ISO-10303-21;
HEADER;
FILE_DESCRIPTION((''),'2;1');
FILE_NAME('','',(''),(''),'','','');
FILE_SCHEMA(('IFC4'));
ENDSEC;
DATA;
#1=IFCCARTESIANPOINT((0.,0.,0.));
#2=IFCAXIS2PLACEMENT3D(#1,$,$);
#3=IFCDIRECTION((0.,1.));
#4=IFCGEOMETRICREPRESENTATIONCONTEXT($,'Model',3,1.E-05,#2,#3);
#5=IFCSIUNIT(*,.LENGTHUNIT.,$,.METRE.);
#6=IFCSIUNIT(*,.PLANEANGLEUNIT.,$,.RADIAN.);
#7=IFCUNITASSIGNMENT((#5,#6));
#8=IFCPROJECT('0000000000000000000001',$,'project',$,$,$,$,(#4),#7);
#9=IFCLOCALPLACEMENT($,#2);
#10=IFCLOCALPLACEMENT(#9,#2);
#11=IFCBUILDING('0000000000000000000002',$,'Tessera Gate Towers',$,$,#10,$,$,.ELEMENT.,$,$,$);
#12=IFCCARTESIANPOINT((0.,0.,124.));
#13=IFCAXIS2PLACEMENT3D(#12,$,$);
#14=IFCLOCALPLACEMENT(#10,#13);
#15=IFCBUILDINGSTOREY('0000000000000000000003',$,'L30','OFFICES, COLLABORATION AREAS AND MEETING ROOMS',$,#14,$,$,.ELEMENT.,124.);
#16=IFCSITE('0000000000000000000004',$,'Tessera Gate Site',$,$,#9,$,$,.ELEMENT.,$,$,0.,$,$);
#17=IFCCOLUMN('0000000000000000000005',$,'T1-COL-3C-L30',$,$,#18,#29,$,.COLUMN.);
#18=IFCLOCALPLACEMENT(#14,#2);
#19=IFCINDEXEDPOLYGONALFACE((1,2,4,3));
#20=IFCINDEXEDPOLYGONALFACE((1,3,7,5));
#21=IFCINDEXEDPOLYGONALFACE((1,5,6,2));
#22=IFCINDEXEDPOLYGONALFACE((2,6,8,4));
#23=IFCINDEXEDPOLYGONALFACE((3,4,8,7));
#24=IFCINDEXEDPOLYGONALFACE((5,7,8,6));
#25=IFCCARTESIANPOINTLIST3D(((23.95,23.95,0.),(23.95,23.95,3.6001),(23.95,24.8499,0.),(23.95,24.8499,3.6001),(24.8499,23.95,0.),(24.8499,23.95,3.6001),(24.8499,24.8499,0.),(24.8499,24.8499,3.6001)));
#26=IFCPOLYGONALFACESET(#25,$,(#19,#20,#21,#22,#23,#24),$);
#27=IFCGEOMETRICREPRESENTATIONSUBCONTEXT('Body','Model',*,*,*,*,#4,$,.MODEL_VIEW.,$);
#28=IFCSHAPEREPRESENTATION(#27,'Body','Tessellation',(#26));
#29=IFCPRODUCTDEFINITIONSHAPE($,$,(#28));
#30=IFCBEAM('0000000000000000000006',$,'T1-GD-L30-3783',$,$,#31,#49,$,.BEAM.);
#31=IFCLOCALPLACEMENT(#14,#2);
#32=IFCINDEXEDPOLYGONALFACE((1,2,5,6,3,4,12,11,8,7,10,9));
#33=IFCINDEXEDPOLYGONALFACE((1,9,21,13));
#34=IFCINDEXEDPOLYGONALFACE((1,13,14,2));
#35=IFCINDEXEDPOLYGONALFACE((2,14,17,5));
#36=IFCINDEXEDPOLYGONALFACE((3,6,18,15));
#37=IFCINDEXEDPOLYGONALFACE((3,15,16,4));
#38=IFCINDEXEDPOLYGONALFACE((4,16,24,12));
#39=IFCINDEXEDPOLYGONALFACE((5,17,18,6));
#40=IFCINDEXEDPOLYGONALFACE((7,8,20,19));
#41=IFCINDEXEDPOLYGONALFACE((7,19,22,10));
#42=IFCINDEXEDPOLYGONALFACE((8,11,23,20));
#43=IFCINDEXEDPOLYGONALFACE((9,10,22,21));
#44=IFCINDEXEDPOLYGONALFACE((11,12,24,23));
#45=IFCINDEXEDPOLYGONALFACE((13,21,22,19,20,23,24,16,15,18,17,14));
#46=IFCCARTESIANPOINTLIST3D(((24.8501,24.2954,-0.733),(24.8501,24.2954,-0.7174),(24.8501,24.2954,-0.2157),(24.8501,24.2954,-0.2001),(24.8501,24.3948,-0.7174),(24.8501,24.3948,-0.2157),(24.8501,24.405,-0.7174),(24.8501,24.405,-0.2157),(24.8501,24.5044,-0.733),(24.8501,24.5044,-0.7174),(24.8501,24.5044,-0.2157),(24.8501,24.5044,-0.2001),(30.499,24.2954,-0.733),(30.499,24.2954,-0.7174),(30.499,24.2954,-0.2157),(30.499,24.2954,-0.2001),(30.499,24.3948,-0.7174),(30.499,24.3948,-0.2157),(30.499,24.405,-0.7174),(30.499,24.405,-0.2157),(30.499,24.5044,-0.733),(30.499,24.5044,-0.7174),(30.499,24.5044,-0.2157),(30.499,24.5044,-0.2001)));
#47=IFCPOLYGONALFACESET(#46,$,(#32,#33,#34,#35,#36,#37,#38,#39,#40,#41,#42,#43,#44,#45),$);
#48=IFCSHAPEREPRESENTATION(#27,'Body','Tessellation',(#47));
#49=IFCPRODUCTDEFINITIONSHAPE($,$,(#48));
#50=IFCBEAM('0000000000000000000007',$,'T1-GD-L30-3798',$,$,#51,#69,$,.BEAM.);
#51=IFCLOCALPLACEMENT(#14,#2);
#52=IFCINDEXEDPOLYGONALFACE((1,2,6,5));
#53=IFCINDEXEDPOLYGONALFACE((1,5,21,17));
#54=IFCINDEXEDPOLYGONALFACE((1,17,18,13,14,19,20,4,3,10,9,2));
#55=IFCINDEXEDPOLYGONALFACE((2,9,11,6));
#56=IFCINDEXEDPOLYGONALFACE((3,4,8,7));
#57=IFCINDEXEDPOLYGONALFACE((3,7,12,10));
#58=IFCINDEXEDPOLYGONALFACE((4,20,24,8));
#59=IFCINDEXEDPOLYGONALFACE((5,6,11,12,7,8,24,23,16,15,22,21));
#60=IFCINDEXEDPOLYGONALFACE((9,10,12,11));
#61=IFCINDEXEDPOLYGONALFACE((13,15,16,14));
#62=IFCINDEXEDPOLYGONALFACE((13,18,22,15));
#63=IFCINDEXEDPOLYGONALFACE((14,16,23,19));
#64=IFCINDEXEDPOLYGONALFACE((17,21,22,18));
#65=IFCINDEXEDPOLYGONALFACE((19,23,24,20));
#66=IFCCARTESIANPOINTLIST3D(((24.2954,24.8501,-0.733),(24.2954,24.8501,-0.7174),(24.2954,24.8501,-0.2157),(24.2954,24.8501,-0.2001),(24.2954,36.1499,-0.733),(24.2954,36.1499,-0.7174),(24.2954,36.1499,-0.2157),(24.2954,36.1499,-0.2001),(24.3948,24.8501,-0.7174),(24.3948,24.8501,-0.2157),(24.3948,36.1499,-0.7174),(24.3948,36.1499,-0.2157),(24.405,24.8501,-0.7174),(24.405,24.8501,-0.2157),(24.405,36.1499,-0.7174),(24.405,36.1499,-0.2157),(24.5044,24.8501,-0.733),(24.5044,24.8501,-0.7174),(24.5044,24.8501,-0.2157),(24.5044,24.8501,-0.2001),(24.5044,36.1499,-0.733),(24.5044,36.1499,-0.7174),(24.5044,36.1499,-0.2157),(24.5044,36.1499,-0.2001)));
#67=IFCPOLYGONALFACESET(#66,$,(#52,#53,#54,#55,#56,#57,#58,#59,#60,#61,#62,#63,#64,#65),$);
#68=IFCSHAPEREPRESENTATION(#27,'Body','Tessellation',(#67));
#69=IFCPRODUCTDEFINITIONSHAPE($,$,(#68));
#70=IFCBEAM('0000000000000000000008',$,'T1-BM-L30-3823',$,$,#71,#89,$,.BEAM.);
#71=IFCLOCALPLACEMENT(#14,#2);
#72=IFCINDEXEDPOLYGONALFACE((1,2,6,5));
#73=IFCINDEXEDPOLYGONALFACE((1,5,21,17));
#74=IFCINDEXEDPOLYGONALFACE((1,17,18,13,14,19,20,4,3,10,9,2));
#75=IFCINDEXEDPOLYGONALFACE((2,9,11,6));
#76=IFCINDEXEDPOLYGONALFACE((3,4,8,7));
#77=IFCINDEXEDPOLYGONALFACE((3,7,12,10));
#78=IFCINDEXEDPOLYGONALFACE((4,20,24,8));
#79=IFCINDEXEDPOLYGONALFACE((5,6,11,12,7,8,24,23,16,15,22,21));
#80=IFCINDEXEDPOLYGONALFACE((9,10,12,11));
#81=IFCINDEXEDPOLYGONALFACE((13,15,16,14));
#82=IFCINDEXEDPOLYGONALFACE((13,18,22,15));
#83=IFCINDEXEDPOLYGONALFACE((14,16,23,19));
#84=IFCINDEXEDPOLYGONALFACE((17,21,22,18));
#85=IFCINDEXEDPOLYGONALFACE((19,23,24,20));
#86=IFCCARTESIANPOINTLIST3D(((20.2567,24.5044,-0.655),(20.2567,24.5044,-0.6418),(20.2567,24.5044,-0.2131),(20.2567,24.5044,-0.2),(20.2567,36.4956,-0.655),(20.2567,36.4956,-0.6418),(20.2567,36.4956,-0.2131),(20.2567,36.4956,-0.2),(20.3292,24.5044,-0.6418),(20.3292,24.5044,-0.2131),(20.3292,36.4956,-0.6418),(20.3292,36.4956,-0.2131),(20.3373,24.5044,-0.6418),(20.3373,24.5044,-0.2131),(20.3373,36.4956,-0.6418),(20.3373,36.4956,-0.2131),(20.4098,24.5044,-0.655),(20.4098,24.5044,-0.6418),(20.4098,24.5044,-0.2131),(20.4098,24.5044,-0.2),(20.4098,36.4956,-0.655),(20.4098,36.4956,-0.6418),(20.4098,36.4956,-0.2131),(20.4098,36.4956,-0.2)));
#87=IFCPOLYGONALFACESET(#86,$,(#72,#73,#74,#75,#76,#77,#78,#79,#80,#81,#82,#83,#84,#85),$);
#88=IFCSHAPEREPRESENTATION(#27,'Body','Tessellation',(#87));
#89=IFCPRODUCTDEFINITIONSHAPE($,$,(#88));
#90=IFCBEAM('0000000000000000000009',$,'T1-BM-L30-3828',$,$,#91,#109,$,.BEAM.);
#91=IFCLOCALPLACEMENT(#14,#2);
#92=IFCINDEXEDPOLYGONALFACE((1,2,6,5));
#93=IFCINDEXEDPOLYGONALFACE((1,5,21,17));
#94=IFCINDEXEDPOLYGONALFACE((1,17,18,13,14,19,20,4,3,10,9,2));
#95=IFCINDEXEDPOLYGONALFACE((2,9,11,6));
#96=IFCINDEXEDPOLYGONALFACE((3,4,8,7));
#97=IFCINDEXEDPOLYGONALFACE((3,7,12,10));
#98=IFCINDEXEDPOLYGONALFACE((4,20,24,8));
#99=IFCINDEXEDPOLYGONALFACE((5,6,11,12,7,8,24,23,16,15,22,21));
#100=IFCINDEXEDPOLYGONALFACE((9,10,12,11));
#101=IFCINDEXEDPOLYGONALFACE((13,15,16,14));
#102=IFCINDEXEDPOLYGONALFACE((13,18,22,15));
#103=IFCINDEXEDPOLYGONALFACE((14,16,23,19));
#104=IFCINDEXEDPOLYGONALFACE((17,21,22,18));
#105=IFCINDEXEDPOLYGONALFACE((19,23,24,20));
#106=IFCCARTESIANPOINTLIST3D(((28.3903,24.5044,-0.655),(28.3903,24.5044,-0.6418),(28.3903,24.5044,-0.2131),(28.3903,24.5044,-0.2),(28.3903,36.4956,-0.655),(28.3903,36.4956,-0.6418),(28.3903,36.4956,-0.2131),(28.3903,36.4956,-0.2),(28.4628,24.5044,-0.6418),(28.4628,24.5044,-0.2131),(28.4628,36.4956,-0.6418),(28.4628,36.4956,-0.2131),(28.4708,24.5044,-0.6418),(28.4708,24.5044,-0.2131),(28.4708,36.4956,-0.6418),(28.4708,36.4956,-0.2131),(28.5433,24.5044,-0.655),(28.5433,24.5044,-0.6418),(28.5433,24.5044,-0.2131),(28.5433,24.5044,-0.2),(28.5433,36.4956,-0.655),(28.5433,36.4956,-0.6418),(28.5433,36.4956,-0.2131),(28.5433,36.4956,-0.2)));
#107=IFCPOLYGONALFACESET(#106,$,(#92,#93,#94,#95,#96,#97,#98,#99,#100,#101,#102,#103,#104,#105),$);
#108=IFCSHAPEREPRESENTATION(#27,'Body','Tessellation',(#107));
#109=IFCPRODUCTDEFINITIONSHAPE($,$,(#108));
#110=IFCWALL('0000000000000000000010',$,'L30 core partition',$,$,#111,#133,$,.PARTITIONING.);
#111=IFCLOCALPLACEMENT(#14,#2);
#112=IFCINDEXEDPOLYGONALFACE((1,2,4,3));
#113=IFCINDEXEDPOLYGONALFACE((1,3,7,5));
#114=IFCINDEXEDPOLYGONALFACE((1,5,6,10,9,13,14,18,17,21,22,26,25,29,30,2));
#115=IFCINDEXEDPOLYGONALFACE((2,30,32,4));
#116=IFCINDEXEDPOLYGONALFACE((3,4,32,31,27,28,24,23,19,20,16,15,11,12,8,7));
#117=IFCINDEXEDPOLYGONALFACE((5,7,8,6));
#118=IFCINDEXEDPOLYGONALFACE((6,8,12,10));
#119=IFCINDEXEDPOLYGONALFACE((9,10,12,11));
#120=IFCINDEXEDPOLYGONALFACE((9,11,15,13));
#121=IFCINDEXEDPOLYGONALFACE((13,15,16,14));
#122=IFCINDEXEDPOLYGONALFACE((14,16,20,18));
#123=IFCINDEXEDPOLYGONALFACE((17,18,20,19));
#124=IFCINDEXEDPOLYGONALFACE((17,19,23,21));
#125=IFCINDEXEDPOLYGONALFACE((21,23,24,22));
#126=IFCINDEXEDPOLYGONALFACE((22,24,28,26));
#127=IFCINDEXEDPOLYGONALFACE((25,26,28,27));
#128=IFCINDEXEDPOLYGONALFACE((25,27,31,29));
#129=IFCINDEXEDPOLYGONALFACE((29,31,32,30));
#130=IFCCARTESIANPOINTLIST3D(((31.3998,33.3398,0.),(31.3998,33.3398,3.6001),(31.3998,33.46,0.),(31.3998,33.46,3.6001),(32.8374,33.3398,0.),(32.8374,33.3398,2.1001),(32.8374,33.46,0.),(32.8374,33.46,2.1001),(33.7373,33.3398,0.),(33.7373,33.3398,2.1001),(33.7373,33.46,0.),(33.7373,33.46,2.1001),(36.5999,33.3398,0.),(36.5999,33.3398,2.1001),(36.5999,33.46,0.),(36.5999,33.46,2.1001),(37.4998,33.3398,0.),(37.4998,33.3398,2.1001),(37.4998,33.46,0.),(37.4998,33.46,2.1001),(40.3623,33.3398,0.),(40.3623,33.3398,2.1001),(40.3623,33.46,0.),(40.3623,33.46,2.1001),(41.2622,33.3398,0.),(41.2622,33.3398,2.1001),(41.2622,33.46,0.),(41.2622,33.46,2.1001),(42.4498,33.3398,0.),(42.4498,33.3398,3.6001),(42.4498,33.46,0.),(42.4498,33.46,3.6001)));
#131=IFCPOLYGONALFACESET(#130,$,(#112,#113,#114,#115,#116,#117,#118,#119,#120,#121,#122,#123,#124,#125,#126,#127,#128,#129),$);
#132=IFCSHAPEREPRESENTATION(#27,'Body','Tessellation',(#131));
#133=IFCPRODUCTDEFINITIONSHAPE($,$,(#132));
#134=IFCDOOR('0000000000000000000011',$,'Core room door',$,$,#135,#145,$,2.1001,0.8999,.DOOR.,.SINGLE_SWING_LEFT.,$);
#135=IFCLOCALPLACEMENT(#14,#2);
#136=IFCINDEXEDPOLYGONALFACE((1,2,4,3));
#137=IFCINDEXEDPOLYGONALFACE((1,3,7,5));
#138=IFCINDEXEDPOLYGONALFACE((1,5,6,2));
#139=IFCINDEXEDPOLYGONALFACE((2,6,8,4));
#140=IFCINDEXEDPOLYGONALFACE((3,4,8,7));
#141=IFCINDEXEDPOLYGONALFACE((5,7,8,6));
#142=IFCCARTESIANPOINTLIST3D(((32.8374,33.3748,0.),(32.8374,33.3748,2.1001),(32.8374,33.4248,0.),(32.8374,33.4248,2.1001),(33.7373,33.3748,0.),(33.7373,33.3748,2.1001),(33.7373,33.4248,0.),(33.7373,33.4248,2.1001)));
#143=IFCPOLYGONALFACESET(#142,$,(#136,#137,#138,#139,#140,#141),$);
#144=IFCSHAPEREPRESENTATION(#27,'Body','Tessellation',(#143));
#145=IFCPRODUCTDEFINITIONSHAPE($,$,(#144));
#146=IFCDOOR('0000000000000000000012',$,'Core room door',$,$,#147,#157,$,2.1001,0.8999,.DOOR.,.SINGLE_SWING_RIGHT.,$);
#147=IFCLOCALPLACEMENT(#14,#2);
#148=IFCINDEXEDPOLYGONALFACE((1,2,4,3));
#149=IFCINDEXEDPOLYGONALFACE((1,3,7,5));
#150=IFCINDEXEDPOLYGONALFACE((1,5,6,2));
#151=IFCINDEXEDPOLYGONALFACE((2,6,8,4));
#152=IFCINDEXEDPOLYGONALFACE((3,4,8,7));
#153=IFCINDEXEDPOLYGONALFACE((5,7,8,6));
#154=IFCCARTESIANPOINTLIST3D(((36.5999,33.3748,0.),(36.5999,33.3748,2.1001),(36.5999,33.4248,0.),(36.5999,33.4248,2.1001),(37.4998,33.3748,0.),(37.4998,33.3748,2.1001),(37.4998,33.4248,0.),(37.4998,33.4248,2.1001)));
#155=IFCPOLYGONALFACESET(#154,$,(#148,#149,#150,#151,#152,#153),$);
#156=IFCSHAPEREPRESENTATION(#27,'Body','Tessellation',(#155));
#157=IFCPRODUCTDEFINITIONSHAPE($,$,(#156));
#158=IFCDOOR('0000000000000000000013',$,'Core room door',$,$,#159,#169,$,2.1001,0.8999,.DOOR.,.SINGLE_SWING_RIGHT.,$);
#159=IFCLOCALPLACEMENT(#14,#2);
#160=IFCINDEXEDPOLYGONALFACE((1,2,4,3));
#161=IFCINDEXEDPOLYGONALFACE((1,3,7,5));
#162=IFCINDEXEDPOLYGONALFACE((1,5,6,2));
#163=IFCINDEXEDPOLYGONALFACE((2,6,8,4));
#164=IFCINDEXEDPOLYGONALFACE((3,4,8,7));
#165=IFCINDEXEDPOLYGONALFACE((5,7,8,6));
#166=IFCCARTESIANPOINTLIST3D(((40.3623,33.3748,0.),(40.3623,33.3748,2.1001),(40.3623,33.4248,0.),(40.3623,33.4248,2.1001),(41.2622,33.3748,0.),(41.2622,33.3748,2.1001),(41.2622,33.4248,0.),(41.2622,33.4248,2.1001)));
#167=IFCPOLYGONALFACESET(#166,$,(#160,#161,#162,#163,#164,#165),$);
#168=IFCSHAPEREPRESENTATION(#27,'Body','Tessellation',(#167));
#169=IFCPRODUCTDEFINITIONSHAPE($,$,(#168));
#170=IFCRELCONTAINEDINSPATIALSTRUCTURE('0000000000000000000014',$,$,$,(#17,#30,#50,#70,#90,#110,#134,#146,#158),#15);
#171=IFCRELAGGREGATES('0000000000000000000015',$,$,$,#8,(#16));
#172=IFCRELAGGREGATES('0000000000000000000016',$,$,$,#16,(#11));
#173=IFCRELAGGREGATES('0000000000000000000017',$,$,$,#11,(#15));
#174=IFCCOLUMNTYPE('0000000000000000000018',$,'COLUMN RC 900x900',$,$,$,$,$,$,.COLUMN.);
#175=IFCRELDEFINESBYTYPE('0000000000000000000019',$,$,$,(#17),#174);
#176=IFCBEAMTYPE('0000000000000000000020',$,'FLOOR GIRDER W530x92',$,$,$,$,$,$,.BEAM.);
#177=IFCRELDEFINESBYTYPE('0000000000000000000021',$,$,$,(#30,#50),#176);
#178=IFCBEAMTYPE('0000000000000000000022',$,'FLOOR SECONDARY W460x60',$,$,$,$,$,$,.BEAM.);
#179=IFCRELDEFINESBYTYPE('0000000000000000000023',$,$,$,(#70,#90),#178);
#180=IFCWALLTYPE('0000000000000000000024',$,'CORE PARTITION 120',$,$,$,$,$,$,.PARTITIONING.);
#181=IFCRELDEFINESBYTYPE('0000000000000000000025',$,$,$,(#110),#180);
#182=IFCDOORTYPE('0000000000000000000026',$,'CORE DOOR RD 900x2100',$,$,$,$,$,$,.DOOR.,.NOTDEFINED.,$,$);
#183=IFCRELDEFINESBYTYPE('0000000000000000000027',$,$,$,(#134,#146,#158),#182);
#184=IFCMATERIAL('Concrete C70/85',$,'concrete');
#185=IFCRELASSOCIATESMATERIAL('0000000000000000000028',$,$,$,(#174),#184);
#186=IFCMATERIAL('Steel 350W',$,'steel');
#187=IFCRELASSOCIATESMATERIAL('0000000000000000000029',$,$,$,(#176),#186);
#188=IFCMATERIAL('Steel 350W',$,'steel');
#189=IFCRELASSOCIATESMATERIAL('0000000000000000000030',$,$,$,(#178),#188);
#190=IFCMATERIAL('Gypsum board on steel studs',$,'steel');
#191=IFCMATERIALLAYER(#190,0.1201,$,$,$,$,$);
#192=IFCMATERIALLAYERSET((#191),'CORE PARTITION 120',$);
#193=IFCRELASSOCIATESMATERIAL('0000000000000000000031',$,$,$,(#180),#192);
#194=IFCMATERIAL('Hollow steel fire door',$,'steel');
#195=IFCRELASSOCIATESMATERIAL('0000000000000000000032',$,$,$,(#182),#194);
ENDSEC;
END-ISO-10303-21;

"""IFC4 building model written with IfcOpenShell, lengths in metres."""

from ifc_helpers import new_model, si_unit, direction, frame, frame_2d, origin, origin_2d, place, context, subcontext, project, spatial, rectangle, i_section, extrude, source, transform, mapped, material, layer, layer_set, material_profile, profile_set, type_object, element, fill, save


model = new_model("IFC4")

# Units and contexts
model_context = context("Model", 3, precision=1e-05, world=origin(), true_north=direction((0.0, 1.0)))
body_context = subcontext(model_context, "Body", "Model", "MODEL_VIEW")
ifc_project = project(units=[si_unit("LENGTHUNIT", "METRE"), si_unit("PLANEANGLEUNIT", "RADIAN")], contexts=[model_context])

# Site, building, storey
site_placement = place(None, origin())
site = spatial("IfcSite", under=ifc_project, at=site_placement, Name="Tessera Gate Site", CompositionType="ELEMENT", RefElevation=0.0)
building_placement = place(site_placement, origin())
building = spatial("IfcBuilding", under=site, at=building_placement, Name="Tessera Gate Towers", CompositionType="ELEMENT")
storey_placement = place(building_placement, frame((0.0, 0.0, 124.0)))
storey = spatial("IfcBuildingStorey", under=building, at=storey_placement, Name="L30", Description="OFFICES, COLLABORATION AREAS AND MEETING ROOMS", CompositionType="ELEMENT", Elevation=124.0)

# Column
ifc_material_1 = material(Name="Concrete C70/85", Category="concrete")
ifc_material_profile_1 = material_profile(ifc_material_1, rectangle(XDim=0.8999, YDim=0.8999, at=origin_2d()), Name="RC 900x900")
ifc_profile_set_1 = profile_set([ifc_material_profile_1], Name="Concrete C70/85")
column_type = type_object("IfcColumnType", Name="COLUMN RC 900x900", PredefinedType="COLUMN", material=ifc_profile_set_1)
column_placement = place(storey_placement, frame((24.3999, 24.3999, 0.0), z_axis=(0.0, 0.0, 1.0), x_axis=(1.0, 0.0, 0.0)))
element("IfcColumn", 1, at=column_placement, inside=storey, type_object=column_type, Name="T1-COL-3C-L30", PredefinedType="COLUMN", context=body_context, shape_type="SweptSolid", body=[
    extrude(rectangle(XDim=0.8999, YDim=0.8999, at=origin_2d()), origin(), (0.0, 0.0, 1.0), 3.6001),
])

# Beams
ifc_material_2 = material(Name="Steel 350W", Category="steel")
ifc_material_profile_2 = material_profile(ifc_material_2, i_section(OverallWidth=0.209, OverallDepth=0.533, WebThickness=0.0103, FlangeThickness=0.0156, at=origin_2d()), Name="W530x92")
ifc_profile_set_2 = profile_set([ifc_material_profile_2], Name="Steel 350W")
beam_type_1 = type_object("IfcBeamType", Name="FLOOR GIRDER W530x92", PredefinedType="BEAM", material=ifc_profile_set_2)
beam_1_placement = place(storey_placement, frame((24.8501, 24.3999, -0.4666), z_axis=(1.0, 0.0, 0.0), x_axis=(0.0, 1.0, 0.0)))
element("IfcBeam", 2, at=beam_1_placement, inside=storey, type_object=beam_type_1, Name="T1-GD-L30-3783", PredefinedType="BEAM", context=body_context, shape_type="SweptSolid", body=[
    extrude(i_section(OverallWidth=0.209, OverallDepth=0.533, WebThickness=0.0103, FlangeThickness=0.0156, at=origin_2d()), origin(), (0.0, 0.0, 1.0), 5.6489),
])
beam_2_placement = place(storey_placement, frame((24.3999, 24.8501, -0.4666), z_axis=(0.0, 1.0, 0.0), x_axis=(-1.0, 0.0, 0.0)))
element("IfcBeam", 3, at=beam_2_placement, inside=storey, type_object=beam_type_1, Name="T1-GD-L30-3798", PredefinedType="BEAM", context=body_context, shape_type="SweptSolid", body=[
    extrude(i_section(OverallWidth=0.209, OverallDepth=0.533, WebThickness=0.0103, FlangeThickness=0.0156, at=origin_2d()), origin(), (0.0, 0.0, 1.0), 11.2998),
])
ifc_material_3 = material(Name="Steel 350W", Category="steel")
ifc_material_profile_3 = material_profile(ifc_material_3, i_section(OverallWidth=0.1531, OverallDepth=0.4551, WebThickness=0.0081, FlangeThickness=0.0132, at=origin_2d()), Name="W460x60")
ifc_profile_set_3 = profile_set([ifc_material_profile_3], Name="Steel 350W")
beam_type_2 = type_object("IfcBeamType", Name="FLOOR SECONDARY W460x60", PredefinedType="BEAM", material=ifc_profile_set_3)
for number, where, z_axis, x_axis, name in (
    (4, (20.3333, 24.5044, -0.4275), (0.0, 1.0, 0.0), (-1.0, 0.0, 0.0), "T1-BM-L30-3823"),
    (5, (28.4668, 24.5044, -0.4275), (0.0, 1.0, 0.0), (-1.0, 0.0, 0.0), "T1-BM-L30-3828"),
):
    element("IfcBeam", number, at=place(storey_placement, frame(where, z_axis=z_axis, x_axis=x_axis)), inside=storey, type_object=beam_type_2, Name=name, PredefinedType="BEAM", context=body_context, shape_type="SweptSolid", body=[
        extrude(i_section(OverallWidth=0.1531, OverallDepth=0.4551, WebThickness=0.0081, FlangeThickness=0.0132, at=origin_2d()), origin(), (0.0, 0.0, 1.0), 11.9912),
    ])

# Wall, openings, doors
ifc_material_4 = material(Name="Gypsum board on steel studs", Category="steel")
ifc_layer_1 = layer(ifc_material_4, 0.1201)
ifc_layer_set_1 = layer_set([ifc_layer_1], Name="CORE PARTITION 120")
wall_type_1 = type_object("IfcWallType", Name="CORE PARTITION 120", PredefinedType="PARTITIONING", material=ifc_layer_set_1)
wall_1_placement = place(storey_placement, frame((31.3999, 33.3999, 0.0), z_axis=(0.0, 0.0, 1.0), x_axis=(1.0, 0.0, 0.0)))
wall_1 = element("IfcWall", 6, at=wall_1_placement, inside=storey, type_object=wall_type_1, Name="L30 core partition", PredefinedType="PARTITIONING", context=body_context, shape_type="SweptSolid", body=[
    extrude(rectangle(XDim=11.05, YDim=0.1201, at=frame_2d((5.5249, 0.0))), origin(), (0.0, 0.0, 1.0), 3.6001),
])
shared_shape_1 = source(origin(), body_context, "Body", "SweptSolid", [
    extrude(rectangle(XDim=0.8999, YDim=2.1001, at=frame_2d((0.45, 1.05))), frame((0.0, 0.0701, 0.0), z_axis=(0.0, -1.0, 0.0), x_axis=(1.0, 0.0, 0.0)), (0.0, 0.0, 1.0), 0.1401),
])
opening_1_placement = place(wall_1_placement, frame((1.4375, 0.0, 0.0)))
opening_1 = element("IfcOpeningElement", 7, at=opening_1_placement, cuts=wall_1, PredefinedType="OPENING", context=body_context, shape_type="MappedRepresentation", body=[
    mapped(shared_shape_1, transform((0.0, 0.0, 0.0), scale=1.0)),
])
opening_2_placement = place(wall_1_placement, frame((5.2, 0.0, 0.0)))
opening_2 = element("IfcOpeningElement", 8, at=opening_2_placement, cuts=wall_1, PredefinedType="OPENING", context=body_context, shape_type="MappedRepresentation", body=[
    mapped(shared_shape_1, transform((0.0, 0.0, 0.0), scale=1.0)),
])
opening_3_placement = place(wall_1_placement, frame((8.9624, 0.0, 0.0)))
opening_3 = element("IfcOpeningElement", 9, at=opening_3_placement, cuts=wall_1, PredefinedType="OPENING", context=body_context, shape_type="MappedRepresentation", body=[
    mapped(shared_shape_1, transform((0.0, 0.0, 0.0), scale=1.0)),
])
ifc_material_5 = material(Name="Hollow steel fire door", Category="steel")
door_type_1 = type_object("IfcDoorType", Name="CORE DOOR RD 900x2100", OperationType="NOTDEFINED", PredefinedType="DOOR", material=ifc_material_5)
shared_shape_2 = source(origin(), body_context, "Body", "SweptSolid", [
    extrude(rectangle(XDim=0.8999, YDim=2.1001, at=frame_2d((0.45, 1.05))), frame((0.0, 0.0249, 0.0), z_axis=(0.0, -1.0, 0.0), x_axis=(1.0, 0.0, 0.0)), (0.0, 0.0, 1.0), 0.05),
])
door_1_placement = place(opening_1_placement, origin())
door_1 = element("IfcDoor", 10, at=door_1_placement, inside=storey, type_object=door_type_1, Name="Core room door", OperationType="SINGLE_SWING_LEFT", OverallHeight=2.1001, OverallWidth=0.8999, PredefinedType="DOOR", context=body_context, shape_type="MappedRepresentation", body=[
    mapped(shared_shape_2, transform((0.0, 0.0, 0.0), scale=1.0)),
])
fill(opening_1, door_1)
door_2_placement = place(opening_2_placement, origin())
door_2 = element("IfcDoor", 11, at=door_2_placement, inside=storey, type_object=door_type_1, Name="Core room door", OperationType="SINGLE_SWING_RIGHT", OverallHeight=2.1001, OverallWidth=0.8999, PredefinedType="DOOR", context=body_context, shape_type="MappedRepresentation", body=[
    mapped(shared_shape_2, transform((0.0, 0.0, 0.0), scale=1.0)),
])
fill(opening_2, door_2)
door_3_placement = place(opening_3_placement, origin())
door_3 = element("IfcDoor", 12, at=door_3_placement, inside=storey, type_object=door_type_1, Name="Core room door", OperationType="SINGLE_SWING_RIGHT", OverallHeight=2.1001, OverallWidth=0.8999, PredefinedType="DOOR", context=body_context, shape_type="MappedRepresentation", body=[
    mapped(shared_shape_2, transform((0.0, 0.0, 0.0), scale=1.0)),
])
fill(opening_3, door_3)

save(model, "model.ifc")
